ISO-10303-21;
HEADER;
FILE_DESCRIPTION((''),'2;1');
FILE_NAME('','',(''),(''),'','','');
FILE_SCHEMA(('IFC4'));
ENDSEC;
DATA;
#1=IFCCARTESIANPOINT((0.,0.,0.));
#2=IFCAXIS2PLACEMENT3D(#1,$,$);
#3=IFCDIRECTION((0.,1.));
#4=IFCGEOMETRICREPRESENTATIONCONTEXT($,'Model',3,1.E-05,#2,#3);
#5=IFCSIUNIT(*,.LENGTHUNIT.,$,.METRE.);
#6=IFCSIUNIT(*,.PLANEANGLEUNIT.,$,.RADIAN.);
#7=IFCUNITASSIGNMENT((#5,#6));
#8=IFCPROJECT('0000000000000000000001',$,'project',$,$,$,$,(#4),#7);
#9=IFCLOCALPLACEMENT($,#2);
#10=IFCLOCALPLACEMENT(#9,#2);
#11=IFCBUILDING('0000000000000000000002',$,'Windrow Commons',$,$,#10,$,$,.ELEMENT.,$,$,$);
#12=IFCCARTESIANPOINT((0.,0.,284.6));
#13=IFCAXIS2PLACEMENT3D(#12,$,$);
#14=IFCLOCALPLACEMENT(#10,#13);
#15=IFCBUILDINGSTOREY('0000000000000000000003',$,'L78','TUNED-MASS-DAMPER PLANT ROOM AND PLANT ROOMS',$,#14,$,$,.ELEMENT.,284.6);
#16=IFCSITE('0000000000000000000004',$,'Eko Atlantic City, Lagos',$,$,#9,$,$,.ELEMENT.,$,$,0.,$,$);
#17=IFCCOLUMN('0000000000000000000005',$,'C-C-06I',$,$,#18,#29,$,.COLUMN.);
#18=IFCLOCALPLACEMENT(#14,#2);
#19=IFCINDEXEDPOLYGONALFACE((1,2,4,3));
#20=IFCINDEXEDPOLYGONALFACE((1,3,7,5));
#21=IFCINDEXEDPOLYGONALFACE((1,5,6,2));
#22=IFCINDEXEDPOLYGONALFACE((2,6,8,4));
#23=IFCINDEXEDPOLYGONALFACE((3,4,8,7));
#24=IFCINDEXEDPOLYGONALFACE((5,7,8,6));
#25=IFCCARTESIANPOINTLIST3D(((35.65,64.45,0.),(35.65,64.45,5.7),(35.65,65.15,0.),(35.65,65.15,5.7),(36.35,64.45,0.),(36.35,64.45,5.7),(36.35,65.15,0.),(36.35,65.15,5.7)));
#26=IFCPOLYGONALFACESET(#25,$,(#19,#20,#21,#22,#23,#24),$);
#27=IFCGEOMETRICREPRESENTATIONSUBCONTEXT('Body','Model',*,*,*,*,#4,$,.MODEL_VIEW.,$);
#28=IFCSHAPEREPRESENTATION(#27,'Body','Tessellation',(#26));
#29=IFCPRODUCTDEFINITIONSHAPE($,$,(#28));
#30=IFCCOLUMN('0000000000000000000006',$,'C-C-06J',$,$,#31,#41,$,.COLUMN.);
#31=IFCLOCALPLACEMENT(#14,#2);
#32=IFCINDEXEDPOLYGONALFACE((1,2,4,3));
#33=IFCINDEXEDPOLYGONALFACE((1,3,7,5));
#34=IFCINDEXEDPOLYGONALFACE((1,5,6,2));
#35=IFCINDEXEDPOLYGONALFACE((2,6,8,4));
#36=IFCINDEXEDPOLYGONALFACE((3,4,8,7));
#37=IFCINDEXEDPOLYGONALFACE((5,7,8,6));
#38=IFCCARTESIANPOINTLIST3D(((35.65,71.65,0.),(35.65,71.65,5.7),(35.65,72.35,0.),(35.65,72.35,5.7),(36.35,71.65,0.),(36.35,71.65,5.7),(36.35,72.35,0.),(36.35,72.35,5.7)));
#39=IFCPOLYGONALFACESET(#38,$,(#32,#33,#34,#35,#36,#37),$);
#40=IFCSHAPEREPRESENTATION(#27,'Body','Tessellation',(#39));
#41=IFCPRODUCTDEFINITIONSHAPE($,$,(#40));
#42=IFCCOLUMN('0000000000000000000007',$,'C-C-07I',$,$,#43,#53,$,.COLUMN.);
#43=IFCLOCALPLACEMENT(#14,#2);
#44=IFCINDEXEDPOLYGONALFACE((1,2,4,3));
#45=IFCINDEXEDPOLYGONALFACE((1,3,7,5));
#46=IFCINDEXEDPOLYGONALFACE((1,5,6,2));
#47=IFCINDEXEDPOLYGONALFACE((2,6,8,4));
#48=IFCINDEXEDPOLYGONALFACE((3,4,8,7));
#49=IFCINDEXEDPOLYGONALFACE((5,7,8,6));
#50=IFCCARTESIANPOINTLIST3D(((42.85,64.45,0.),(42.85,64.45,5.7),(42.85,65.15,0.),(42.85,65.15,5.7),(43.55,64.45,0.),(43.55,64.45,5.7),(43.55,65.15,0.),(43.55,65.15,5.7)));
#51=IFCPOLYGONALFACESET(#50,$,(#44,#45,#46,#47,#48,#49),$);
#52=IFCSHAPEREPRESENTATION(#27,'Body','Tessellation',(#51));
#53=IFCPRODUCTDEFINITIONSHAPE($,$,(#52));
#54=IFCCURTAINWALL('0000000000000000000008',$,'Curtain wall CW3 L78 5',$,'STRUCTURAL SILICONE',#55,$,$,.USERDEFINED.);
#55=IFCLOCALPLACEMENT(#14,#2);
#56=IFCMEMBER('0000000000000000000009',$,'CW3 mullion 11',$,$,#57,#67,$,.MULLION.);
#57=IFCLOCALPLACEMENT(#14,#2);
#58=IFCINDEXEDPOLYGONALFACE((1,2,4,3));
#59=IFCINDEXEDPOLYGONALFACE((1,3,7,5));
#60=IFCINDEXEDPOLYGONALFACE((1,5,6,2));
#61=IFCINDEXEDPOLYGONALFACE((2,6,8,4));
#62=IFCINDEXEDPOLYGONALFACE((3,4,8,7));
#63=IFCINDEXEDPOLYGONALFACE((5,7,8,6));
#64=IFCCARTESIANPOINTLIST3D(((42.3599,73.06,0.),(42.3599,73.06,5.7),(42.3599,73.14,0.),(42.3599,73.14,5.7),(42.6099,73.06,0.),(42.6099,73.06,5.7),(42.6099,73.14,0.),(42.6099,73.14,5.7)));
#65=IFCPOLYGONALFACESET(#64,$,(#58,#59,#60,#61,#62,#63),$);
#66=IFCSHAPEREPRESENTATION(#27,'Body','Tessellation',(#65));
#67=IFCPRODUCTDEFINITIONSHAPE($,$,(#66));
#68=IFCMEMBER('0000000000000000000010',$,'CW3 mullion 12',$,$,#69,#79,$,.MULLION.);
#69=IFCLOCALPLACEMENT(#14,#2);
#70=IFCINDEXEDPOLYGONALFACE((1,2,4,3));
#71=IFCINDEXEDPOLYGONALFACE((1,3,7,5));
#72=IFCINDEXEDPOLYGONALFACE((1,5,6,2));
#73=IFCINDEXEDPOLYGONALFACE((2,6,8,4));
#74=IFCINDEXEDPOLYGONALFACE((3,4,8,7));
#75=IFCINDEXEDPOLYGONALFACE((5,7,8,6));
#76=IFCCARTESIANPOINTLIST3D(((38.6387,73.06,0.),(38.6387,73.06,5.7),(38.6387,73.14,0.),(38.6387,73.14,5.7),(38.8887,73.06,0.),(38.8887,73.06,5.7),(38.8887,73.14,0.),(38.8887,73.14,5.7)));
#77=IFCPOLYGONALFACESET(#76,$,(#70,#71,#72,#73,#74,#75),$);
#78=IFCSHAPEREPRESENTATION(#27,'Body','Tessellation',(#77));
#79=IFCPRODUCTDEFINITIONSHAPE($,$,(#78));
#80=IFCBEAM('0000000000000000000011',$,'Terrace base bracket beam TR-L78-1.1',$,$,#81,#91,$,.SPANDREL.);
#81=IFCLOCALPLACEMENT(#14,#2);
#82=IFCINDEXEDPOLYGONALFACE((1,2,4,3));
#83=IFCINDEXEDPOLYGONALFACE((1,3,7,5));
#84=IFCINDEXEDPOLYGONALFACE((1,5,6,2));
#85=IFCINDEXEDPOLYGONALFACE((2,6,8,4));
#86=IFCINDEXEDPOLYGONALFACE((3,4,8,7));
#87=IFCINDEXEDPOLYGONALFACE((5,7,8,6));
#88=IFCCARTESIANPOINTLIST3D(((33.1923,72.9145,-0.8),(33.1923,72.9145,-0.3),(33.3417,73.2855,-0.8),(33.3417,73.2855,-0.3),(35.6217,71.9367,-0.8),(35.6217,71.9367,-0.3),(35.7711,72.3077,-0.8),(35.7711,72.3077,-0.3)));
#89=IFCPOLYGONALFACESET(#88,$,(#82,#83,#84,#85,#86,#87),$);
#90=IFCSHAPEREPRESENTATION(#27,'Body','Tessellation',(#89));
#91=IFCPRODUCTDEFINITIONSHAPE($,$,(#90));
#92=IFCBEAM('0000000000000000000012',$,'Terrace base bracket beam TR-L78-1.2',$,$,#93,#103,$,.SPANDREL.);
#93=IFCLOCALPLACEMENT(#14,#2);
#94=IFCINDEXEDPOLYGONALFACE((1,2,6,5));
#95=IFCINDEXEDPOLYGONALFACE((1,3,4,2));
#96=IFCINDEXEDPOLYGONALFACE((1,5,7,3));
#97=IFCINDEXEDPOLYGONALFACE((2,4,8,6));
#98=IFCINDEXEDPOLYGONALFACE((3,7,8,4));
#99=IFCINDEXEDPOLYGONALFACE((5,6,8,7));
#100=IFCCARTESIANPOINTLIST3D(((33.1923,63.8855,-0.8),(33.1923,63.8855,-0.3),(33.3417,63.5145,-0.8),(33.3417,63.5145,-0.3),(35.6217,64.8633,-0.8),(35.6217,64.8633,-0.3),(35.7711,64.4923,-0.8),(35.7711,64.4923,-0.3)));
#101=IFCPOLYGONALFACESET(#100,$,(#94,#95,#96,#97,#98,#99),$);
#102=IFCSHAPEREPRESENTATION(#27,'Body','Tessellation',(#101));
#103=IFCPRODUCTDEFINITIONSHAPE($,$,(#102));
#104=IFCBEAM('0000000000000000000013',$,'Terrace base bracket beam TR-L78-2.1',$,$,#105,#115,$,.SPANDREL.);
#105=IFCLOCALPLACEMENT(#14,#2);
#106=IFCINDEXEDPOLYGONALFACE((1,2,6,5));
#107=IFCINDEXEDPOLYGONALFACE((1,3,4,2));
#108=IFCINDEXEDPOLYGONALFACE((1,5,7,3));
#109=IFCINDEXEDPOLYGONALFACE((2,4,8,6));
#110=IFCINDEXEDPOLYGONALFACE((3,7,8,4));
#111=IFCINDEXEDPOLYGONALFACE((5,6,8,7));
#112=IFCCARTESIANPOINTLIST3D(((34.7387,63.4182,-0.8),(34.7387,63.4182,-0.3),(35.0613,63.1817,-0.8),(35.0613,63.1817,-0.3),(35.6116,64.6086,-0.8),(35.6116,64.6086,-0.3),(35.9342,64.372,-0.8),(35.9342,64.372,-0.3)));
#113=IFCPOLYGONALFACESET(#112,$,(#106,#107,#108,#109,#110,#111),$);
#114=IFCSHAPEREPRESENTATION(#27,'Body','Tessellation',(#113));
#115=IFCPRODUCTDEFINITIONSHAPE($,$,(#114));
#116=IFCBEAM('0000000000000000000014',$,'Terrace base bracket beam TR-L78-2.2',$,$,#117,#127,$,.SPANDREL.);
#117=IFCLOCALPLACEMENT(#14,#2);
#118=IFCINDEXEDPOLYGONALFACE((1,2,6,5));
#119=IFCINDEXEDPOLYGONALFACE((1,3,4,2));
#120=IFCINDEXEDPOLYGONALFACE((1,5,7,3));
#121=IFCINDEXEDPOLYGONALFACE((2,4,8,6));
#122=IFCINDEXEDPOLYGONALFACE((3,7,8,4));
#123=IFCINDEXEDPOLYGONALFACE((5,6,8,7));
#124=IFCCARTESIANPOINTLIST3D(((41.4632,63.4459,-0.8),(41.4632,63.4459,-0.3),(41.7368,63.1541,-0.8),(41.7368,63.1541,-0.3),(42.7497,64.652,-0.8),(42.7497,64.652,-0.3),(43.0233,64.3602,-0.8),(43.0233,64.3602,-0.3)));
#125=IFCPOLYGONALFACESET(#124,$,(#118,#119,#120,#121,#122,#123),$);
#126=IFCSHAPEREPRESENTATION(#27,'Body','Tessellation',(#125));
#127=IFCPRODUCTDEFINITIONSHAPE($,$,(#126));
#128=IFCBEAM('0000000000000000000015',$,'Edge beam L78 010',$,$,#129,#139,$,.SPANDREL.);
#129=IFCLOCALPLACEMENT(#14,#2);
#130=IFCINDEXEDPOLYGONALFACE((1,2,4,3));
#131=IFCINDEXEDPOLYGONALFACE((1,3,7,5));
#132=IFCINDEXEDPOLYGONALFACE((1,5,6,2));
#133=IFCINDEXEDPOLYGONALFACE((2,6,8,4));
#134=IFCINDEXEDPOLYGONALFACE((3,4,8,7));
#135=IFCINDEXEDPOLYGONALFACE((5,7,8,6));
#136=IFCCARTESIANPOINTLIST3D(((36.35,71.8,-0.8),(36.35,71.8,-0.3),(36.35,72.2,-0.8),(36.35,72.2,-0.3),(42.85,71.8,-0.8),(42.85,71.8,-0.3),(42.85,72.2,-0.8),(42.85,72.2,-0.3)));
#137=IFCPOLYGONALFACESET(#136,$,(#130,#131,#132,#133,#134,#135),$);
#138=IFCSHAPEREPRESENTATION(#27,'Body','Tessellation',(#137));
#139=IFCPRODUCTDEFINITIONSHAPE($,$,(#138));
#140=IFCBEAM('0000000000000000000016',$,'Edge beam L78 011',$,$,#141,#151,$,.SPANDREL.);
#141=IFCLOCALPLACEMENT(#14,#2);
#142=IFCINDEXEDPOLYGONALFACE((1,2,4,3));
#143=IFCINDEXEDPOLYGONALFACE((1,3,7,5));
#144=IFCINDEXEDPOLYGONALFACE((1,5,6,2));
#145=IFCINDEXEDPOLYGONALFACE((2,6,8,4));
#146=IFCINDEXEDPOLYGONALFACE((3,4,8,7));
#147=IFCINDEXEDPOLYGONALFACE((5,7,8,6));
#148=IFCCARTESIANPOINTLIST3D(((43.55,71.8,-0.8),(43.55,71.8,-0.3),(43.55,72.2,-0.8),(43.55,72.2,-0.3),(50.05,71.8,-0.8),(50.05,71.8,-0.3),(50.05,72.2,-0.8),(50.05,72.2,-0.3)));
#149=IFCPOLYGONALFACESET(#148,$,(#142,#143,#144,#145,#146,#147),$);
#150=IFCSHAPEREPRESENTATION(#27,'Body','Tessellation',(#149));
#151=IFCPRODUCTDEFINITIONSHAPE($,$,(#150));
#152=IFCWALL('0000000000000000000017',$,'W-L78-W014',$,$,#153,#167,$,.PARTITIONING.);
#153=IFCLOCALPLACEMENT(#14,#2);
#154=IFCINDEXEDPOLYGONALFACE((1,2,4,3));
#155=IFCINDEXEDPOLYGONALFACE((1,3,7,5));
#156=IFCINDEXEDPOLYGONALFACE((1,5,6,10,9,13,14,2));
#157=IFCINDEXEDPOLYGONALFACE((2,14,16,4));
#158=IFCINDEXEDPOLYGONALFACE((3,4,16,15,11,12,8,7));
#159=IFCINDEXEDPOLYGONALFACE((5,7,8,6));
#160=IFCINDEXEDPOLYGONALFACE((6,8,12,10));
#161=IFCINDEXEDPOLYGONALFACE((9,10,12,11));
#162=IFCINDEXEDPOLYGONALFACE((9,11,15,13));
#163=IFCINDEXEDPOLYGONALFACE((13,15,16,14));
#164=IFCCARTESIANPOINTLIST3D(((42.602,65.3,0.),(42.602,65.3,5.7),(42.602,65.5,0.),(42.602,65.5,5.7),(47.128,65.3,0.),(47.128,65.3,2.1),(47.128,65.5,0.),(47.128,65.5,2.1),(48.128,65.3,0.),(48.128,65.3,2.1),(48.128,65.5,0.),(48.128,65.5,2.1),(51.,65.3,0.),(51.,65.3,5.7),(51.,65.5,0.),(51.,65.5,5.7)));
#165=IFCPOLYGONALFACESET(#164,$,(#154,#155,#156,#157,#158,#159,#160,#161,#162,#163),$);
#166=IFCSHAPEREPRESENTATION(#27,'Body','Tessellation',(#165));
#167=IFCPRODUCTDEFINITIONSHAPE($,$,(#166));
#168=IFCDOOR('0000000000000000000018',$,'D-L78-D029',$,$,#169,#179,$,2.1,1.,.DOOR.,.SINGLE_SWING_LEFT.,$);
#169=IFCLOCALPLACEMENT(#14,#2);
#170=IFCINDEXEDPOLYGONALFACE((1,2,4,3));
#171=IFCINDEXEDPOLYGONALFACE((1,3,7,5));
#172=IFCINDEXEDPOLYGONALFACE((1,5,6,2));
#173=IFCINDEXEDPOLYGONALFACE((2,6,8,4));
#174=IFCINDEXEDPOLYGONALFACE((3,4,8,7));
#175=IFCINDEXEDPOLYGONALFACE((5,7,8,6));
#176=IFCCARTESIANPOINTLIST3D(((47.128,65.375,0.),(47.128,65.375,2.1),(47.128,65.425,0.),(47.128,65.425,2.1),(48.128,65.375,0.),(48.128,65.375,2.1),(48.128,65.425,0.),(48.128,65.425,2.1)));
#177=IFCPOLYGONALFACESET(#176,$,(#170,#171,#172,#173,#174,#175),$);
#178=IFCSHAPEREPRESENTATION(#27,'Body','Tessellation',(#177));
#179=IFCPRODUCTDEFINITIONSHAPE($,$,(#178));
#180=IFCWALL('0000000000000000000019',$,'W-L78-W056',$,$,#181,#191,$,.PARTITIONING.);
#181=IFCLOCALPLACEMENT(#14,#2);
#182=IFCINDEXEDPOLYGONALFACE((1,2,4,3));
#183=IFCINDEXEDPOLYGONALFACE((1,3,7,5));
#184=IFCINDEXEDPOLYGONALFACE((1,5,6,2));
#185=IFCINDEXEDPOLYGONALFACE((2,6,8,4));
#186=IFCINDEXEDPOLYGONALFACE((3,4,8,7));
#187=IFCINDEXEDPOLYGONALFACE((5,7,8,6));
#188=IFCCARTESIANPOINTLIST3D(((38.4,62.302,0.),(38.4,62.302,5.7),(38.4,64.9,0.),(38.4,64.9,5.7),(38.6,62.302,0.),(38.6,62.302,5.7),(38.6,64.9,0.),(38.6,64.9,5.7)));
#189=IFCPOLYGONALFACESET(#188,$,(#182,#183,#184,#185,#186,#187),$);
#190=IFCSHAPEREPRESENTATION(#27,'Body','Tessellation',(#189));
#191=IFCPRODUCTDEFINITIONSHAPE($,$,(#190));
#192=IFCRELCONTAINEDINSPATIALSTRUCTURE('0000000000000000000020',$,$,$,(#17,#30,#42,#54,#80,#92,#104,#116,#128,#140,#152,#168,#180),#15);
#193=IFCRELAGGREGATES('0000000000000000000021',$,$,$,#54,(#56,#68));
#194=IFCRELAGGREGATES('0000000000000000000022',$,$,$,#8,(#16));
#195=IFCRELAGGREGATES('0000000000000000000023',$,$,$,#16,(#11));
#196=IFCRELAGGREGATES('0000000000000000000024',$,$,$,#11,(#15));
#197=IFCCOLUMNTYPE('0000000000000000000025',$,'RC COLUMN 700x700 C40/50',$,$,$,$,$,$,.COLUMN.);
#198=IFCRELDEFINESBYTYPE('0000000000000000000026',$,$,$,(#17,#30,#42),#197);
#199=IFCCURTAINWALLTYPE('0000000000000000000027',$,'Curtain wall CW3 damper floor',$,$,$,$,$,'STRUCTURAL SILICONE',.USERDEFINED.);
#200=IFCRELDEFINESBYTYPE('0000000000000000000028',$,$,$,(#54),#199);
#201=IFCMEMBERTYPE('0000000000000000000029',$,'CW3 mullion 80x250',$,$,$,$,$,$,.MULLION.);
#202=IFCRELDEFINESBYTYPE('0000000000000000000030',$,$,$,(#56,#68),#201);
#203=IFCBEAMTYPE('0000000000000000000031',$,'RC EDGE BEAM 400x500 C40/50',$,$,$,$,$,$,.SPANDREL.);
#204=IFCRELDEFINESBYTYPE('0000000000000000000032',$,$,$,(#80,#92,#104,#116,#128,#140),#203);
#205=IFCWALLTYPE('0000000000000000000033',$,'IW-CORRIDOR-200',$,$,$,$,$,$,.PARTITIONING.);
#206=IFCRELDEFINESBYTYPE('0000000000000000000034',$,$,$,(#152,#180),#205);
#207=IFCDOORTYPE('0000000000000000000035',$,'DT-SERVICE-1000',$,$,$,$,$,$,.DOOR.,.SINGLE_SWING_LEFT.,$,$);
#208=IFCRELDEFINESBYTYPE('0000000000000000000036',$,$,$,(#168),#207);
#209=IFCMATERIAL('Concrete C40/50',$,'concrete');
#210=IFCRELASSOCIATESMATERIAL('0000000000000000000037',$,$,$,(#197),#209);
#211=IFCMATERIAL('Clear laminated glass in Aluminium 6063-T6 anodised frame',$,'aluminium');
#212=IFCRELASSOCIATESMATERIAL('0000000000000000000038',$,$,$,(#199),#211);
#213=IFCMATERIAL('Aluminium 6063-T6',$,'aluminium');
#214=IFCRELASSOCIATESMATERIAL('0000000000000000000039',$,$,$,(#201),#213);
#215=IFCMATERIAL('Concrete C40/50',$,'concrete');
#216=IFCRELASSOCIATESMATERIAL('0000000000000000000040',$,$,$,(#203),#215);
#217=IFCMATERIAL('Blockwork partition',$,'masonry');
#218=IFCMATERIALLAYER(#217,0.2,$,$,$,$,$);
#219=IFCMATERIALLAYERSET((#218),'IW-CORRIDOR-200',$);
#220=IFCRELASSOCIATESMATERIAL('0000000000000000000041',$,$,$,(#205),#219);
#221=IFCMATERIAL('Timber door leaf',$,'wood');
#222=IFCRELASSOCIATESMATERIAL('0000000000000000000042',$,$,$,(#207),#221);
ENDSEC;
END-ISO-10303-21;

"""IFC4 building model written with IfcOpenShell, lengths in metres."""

from ifc_helpers import new_model, si_unit, direction, frame, frame_2d, origin, origin_2d, place, context, subcontext, project, spatial, rectangle, extrude, material, layer, layer_set, material_profile, profile_set, type_object, element, fill, aggregate, save


model = new_model("IFC4")

# Units and contexts
model_context = context("Model", 3, precision=1e-05, world=origin(), true_north=direction((0.0, 1.0)))
body_context = subcontext(model_context, "Body", "Model", "MODEL_VIEW")
ifc_project = project(units=[si_unit("LENGTHUNIT", "METRE"), si_unit("PLANEANGLEUNIT", "RADIAN")], contexts=[model_context])

# Site, building, storey
site_placement = place(None, origin())
site = spatial("IfcSite", under=ifc_project, at=site_placement, Name="Eko Atlantic City, Lagos", CompositionType="ELEMENT", RefElevation=0.0)
building_placement = place(site_placement, origin())
building = spatial("IfcBuilding", under=site, at=building_placement, Name="Windrow Commons", CompositionType="ELEMENT")
storey_placement = place(building_placement, frame((0.0, 0.0, 284.6)))
storey = spatial("IfcBuildingStorey", under=building, at=storey_placement, Name="L78", Description="TUNED-MASS-DAMPER PLANT ROOM AND PLANT ROOMS", CompositionType="ELEMENT", Elevation=284.6)

# Columns
ifc_material_1 = material(Name="Concrete C40/50", Category="concrete")
ifc_material_profile_1 = material_profile(ifc_material_1, rectangle(XDim=0.7, YDim=0.7, at=origin_2d()))
ifc_profile_set_1 = profile_set([ifc_material_profile_1], Name="Concrete C40/50")
column_type = type_object("IfcColumnType", Name="RC COLUMN 700x700 C40/50", PredefinedType="COLUMN", material=ifc_profile_set_1)
for number, where, z_axis, x_axis, name in (
    (1, (36.0, 64.8, 0.0), (0.0, 0.0, 1.0), (1.0, 0.0, 0.0), "C-C-06I"),
    (2, (36.0, 72.0, 0.0), (0.0, 0.0, 1.0), (1.0, 0.0, 0.0), "C-C-06J"),
    (3, (43.2, 64.8, 0.0), (0.0, 0.0, 1.0), (1.0, 0.0, 0.0), "C-C-07I"),
):
    element("IfcColumn", number, at=place(storey_placement, frame(where, z_axis=z_axis, x_axis=x_axis)), inside=storey, type_object=column_type, Name=name, PredefinedType="COLUMN", context=body_context, shape_type="SweptSolid", body=[
        extrude(rectangle(XDim=0.7, YDim=0.7, at=origin_2d()), origin(), (0.0, 0.0, 1.0), 5.7),
    ])

# Curtain wall, members
ifc_material_2 = material(Name="Clear laminated glass in Aluminium 6063-T6 anodised frame", Category="aluminium")
curtain_wall_type = type_object("IfcCurtainWallType", Name="Curtain wall CW3 damper floor", ElementType="STRUCTURAL SILICONE", PredefinedType="USERDEFINED", material=ifc_material_2)
curtain_wall_placement = place(storey_placement, origin())
curtain_wall = element("IfcCurtainWall", 4, at=curtain_wall_placement, inside=storey, type_object=curtain_wall_type, Name="Curtain wall CW3 L78 5", ObjectType="STRUCTURAL SILICONE", PredefinedType="USERDEFINED")
ifc_material_3 = material(Name="Aluminium 6063-T6", Category="aluminium")
ifc_material_profile_2 = material_profile(ifc_material_3, rectangle(XDim=0.08, YDim=0.25, at=origin_2d()))
ifc_profile_set_2 = profile_set([ifc_material_profile_2], Name="Aluminium 6063-T6")
member_type = type_object("IfcMemberType", Name="CW3 mullion 80x250", PredefinedType="MULLION", material=ifc_profile_set_2)
member_1_placement = place(storey_placement, frame((42.4849, 73.1, 0.0), z_axis=(0.0, 0.0, 1.0), x_axis=(0.0, -1.0, 0.0)))
member_1 = element("IfcMember", 5, at=member_1_placement, type_object=member_type, Name="CW3 mullion 11", PredefinedType="MULLION", context=body_context, shape_type="SweptSolid", body=[
    extrude(rectangle(XDim=0.08, YDim=0.25, at=origin_2d()), origin(), (0.0, 0.0, 1.0), 5.7),
])
member_2_placement = place(storey_placement, frame((38.7637, 73.1, 0.0), z_axis=(0.0, 0.0, 1.0), x_axis=(0.0, -1.0, 0.0)))
member_2 = element("IfcMember", 6, at=member_2_placement, type_object=member_type, Name="CW3 mullion 12", PredefinedType="MULLION", context=body_context, shape_type="SweptSolid", body=[
    extrude(rectangle(XDim=0.08, YDim=0.25, at=origin_2d()), origin(), (0.0, 0.0, 1.0), 5.7),
])
aggregate(curtain_wall, [member_1, member_2])

# Beams
ifc_material_4 = material(Name="Concrete C40/50", Category="concrete")
ifc_material_profile_3 = material_profile(ifc_material_4, rectangle(XDim=0.4, YDim=0.5, at=origin_2d()))
ifc_profile_set_3 = profile_set([ifc_material_profile_3], Name="Concrete C40/50")
beam_type = type_object("IfcBeamType", Name="RC EDGE BEAM 400x500 C40/50", PredefinedType="SPANDREL", material=ifc_profile_set_3)
for number, where, z_axis, x_axis, name in (
    (7, (35.6964, 72.1222, -0.55), (-0.927679, 0.373378, 0.0), (-0.373378, -0.927679, 0.0), "Terrace base bracket beam TR-L78-1.1"),
    (8, (35.6964, 64.6778, -0.55), (-0.927679, -0.373378, 0.0), (0.373378, -0.927679, 0.0), "Terrace base bracket beam TR-L78-1.2"),
):
    element("IfcBeam", number, at=place(storey_placement, frame(where, z_axis=z_axis, x_axis=x_axis)), inside=storey, type_object=beam_type, Name=name, PredefinedType="SPANDREL", context=body_context, shape_type="SweptSolid", body=[
        extrude(rectangle(XDim=0.4, YDim=0.5, at=origin_2d()), origin(), (0.0, 0.0, 1.0), 2.6188),
    ])
beam_1_placement = place(storey_placement, frame((35.7729, 64.4903, -0.55), z_axis=(-0.59137, -0.806401, 0.0), x_axis=(0.806401, -0.59137, 0.0)))
element("IfcBeam", 9, at=beam_1_placement, inside=storey, type_object=beam_type, Name="Terrace base bracket beam TR-L78-2.1", PredefinedType="SPANDREL", context=body_context, shape_type="SweptSolid", body=[
    extrude(rectangle(XDim=0.4, YDim=0.5, at=origin_2d()), origin(), (0.0, 0.0, 1.0), 1.4761),
])
beam_2_placement = place(storey_placement, frame((42.8865, 64.5061, -0.55), z_axis=(-0.729535, -0.683943, 0.0), x_axis=(0.683943, -0.729535, 0.0)))
element("IfcBeam", 10, at=beam_2_placement, inside=storey, type_object=beam_type, Name="Terrace base bracket beam TR-L78-2.2", PredefinedType="SPANDREL", context=body_context, shape_type="SweptSolid", body=[
    extrude(rectangle(XDim=0.4, YDim=0.5, at=origin_2d()), origin(), (0.0, 0.0, 1.0), 1.7635),
])
for number, where, z_axis, x_axis, name in (
    (11, (36.35, 72.0, -0.55), (1.0, 0.0, 0.0), (0.0, 1.0, 0.0), "Edge beam L78 010"),
    (12, (43.55, 72.0, -0.55), (1.0, 0.0, 0.0), (0.0, 1.0, 0.0), "Edge beam L78 011"),
):
    element("IfcBeam", number, at=place(storey_placement, frame(where, z_axis=z_axis, x_axis=x_axis)), inside=storey, type_object=beam_type, Name=name, PredefinedType="SPANDREL", context=body_context, shape_type="SweptSolid", body=[
        extrude(rectangle(XDim=0.4, YDim=0.5, at=origin_2d()), origin(), (0.0, 0.0, 1.0), 6.5),
    ])

# Wall, opening, door
ifc_material_5 = material(Name="Blockwork partition", Category="masonry")
ifc_layer_1 = layer(ifc_material_5, 0.2)
ifc_layer_set_1 = layer_set([ifc_layer_1], Name="IW-CORRIDOR-200")
wall_type_1 = type_object("IfcWallType", Name="IW-CORRIDOR-200", PredefinedType="PARTITIONING", material=ifc_layer_set_1)
wall_1_placement = place(storey_placement, frame((42.602, 65.4, 0.0), z_axis=(0.0, 0.0, 1.0), x_axis=(1.0, 0.0, 0.0)))
wall_1 = element("IfcWall", 13, at=wall_1_placement, inside=storey, type_object=wall_type_1, Name="W-L78-W014", PredefinedType="PARTITIONING", context=body_context, shape_type="SweptSolid", body=[
    extrude(rectangle(XDim=8.398, YDim=0.2, at=frame_2d((4.199, 0.0))), origin(), (0.0, 0.0, 1.0), 5.7),
])
opening_1_placement = place(wall_1_placement, frame((4.526, 0.0, 0.0)))
opening_1 = element("IfcOpeningElement", 14, at=opening_1_placement, cuts=wall_1, PredefinedType="OPENING", context=body_context, shape_type="SweptSolid", body=[
    extrude(rectangle(XDim=1.0, YDim=2.1, at=frame_2d((0.5, 1.05))), frame((0.0, 0.11, 0.0), z_axis=(0.0, -1.0, 0.0), x_axis=(1.0, 0.0, 0.0)), (0.0, 0.0, 1.0), 0.22),
])
ifc_material_6 = material(Name="Timber door leaf", Category="wood")
door_type_1 = type_object("IfcDoorType", Name="DT-SERVICE-1000", OperationType="SINGLE_SWING_LEFT", PredefinedType="DOOR", material=ifc_material_6)
door_1_placement = place(opening_1_placement, origin())
door_1 = element("IfcDoor", 15, at=door_1_placement, inside=storey, type_object=door_type_1, Name="D-L78-D029", OperationType="SINGLE_SWING_LEFT", OverallHeight=2.1, OverallWidth=1.0, PredefinedType="DOOR", context=body_context, shape_type="SweptSolid", body=[
    extrude(rectangle(XDim=1.0, YDim=2.1, at=frame_2d((0.5, 1.05))), frame((0.0, 0.025, 0.0), z_axis=(0.0, -1.0, 0.0), x_axis=(1.0, 0.0, 0.0)), (0.0, 0.0, 1.0), 0.05),
])
fill(opening_1, door_1)

# Wall
wall_2_placement = place(storey_placement, frame((38.5, 62.302, 0.0), z_axis=(0.0, 0.0, 1.0), x_axis=(0.0, 1.0, 0.0)))
element("IfcWall", 16, at=wall_2_placement, inside=storey, type_object=wall_type_1, Name="W-L78-W056", PredefinedType="PARTITIONING", context=body_context, shape_type="SweptSolid", body=[
    extrude(rectangle(XDim=2.598, YDim=0.2, at=frame_2d((1.299, 0.0))), origin(), (0.0, 0.0, 1.0), 5.7),
])

save(model, "model.ifc")
